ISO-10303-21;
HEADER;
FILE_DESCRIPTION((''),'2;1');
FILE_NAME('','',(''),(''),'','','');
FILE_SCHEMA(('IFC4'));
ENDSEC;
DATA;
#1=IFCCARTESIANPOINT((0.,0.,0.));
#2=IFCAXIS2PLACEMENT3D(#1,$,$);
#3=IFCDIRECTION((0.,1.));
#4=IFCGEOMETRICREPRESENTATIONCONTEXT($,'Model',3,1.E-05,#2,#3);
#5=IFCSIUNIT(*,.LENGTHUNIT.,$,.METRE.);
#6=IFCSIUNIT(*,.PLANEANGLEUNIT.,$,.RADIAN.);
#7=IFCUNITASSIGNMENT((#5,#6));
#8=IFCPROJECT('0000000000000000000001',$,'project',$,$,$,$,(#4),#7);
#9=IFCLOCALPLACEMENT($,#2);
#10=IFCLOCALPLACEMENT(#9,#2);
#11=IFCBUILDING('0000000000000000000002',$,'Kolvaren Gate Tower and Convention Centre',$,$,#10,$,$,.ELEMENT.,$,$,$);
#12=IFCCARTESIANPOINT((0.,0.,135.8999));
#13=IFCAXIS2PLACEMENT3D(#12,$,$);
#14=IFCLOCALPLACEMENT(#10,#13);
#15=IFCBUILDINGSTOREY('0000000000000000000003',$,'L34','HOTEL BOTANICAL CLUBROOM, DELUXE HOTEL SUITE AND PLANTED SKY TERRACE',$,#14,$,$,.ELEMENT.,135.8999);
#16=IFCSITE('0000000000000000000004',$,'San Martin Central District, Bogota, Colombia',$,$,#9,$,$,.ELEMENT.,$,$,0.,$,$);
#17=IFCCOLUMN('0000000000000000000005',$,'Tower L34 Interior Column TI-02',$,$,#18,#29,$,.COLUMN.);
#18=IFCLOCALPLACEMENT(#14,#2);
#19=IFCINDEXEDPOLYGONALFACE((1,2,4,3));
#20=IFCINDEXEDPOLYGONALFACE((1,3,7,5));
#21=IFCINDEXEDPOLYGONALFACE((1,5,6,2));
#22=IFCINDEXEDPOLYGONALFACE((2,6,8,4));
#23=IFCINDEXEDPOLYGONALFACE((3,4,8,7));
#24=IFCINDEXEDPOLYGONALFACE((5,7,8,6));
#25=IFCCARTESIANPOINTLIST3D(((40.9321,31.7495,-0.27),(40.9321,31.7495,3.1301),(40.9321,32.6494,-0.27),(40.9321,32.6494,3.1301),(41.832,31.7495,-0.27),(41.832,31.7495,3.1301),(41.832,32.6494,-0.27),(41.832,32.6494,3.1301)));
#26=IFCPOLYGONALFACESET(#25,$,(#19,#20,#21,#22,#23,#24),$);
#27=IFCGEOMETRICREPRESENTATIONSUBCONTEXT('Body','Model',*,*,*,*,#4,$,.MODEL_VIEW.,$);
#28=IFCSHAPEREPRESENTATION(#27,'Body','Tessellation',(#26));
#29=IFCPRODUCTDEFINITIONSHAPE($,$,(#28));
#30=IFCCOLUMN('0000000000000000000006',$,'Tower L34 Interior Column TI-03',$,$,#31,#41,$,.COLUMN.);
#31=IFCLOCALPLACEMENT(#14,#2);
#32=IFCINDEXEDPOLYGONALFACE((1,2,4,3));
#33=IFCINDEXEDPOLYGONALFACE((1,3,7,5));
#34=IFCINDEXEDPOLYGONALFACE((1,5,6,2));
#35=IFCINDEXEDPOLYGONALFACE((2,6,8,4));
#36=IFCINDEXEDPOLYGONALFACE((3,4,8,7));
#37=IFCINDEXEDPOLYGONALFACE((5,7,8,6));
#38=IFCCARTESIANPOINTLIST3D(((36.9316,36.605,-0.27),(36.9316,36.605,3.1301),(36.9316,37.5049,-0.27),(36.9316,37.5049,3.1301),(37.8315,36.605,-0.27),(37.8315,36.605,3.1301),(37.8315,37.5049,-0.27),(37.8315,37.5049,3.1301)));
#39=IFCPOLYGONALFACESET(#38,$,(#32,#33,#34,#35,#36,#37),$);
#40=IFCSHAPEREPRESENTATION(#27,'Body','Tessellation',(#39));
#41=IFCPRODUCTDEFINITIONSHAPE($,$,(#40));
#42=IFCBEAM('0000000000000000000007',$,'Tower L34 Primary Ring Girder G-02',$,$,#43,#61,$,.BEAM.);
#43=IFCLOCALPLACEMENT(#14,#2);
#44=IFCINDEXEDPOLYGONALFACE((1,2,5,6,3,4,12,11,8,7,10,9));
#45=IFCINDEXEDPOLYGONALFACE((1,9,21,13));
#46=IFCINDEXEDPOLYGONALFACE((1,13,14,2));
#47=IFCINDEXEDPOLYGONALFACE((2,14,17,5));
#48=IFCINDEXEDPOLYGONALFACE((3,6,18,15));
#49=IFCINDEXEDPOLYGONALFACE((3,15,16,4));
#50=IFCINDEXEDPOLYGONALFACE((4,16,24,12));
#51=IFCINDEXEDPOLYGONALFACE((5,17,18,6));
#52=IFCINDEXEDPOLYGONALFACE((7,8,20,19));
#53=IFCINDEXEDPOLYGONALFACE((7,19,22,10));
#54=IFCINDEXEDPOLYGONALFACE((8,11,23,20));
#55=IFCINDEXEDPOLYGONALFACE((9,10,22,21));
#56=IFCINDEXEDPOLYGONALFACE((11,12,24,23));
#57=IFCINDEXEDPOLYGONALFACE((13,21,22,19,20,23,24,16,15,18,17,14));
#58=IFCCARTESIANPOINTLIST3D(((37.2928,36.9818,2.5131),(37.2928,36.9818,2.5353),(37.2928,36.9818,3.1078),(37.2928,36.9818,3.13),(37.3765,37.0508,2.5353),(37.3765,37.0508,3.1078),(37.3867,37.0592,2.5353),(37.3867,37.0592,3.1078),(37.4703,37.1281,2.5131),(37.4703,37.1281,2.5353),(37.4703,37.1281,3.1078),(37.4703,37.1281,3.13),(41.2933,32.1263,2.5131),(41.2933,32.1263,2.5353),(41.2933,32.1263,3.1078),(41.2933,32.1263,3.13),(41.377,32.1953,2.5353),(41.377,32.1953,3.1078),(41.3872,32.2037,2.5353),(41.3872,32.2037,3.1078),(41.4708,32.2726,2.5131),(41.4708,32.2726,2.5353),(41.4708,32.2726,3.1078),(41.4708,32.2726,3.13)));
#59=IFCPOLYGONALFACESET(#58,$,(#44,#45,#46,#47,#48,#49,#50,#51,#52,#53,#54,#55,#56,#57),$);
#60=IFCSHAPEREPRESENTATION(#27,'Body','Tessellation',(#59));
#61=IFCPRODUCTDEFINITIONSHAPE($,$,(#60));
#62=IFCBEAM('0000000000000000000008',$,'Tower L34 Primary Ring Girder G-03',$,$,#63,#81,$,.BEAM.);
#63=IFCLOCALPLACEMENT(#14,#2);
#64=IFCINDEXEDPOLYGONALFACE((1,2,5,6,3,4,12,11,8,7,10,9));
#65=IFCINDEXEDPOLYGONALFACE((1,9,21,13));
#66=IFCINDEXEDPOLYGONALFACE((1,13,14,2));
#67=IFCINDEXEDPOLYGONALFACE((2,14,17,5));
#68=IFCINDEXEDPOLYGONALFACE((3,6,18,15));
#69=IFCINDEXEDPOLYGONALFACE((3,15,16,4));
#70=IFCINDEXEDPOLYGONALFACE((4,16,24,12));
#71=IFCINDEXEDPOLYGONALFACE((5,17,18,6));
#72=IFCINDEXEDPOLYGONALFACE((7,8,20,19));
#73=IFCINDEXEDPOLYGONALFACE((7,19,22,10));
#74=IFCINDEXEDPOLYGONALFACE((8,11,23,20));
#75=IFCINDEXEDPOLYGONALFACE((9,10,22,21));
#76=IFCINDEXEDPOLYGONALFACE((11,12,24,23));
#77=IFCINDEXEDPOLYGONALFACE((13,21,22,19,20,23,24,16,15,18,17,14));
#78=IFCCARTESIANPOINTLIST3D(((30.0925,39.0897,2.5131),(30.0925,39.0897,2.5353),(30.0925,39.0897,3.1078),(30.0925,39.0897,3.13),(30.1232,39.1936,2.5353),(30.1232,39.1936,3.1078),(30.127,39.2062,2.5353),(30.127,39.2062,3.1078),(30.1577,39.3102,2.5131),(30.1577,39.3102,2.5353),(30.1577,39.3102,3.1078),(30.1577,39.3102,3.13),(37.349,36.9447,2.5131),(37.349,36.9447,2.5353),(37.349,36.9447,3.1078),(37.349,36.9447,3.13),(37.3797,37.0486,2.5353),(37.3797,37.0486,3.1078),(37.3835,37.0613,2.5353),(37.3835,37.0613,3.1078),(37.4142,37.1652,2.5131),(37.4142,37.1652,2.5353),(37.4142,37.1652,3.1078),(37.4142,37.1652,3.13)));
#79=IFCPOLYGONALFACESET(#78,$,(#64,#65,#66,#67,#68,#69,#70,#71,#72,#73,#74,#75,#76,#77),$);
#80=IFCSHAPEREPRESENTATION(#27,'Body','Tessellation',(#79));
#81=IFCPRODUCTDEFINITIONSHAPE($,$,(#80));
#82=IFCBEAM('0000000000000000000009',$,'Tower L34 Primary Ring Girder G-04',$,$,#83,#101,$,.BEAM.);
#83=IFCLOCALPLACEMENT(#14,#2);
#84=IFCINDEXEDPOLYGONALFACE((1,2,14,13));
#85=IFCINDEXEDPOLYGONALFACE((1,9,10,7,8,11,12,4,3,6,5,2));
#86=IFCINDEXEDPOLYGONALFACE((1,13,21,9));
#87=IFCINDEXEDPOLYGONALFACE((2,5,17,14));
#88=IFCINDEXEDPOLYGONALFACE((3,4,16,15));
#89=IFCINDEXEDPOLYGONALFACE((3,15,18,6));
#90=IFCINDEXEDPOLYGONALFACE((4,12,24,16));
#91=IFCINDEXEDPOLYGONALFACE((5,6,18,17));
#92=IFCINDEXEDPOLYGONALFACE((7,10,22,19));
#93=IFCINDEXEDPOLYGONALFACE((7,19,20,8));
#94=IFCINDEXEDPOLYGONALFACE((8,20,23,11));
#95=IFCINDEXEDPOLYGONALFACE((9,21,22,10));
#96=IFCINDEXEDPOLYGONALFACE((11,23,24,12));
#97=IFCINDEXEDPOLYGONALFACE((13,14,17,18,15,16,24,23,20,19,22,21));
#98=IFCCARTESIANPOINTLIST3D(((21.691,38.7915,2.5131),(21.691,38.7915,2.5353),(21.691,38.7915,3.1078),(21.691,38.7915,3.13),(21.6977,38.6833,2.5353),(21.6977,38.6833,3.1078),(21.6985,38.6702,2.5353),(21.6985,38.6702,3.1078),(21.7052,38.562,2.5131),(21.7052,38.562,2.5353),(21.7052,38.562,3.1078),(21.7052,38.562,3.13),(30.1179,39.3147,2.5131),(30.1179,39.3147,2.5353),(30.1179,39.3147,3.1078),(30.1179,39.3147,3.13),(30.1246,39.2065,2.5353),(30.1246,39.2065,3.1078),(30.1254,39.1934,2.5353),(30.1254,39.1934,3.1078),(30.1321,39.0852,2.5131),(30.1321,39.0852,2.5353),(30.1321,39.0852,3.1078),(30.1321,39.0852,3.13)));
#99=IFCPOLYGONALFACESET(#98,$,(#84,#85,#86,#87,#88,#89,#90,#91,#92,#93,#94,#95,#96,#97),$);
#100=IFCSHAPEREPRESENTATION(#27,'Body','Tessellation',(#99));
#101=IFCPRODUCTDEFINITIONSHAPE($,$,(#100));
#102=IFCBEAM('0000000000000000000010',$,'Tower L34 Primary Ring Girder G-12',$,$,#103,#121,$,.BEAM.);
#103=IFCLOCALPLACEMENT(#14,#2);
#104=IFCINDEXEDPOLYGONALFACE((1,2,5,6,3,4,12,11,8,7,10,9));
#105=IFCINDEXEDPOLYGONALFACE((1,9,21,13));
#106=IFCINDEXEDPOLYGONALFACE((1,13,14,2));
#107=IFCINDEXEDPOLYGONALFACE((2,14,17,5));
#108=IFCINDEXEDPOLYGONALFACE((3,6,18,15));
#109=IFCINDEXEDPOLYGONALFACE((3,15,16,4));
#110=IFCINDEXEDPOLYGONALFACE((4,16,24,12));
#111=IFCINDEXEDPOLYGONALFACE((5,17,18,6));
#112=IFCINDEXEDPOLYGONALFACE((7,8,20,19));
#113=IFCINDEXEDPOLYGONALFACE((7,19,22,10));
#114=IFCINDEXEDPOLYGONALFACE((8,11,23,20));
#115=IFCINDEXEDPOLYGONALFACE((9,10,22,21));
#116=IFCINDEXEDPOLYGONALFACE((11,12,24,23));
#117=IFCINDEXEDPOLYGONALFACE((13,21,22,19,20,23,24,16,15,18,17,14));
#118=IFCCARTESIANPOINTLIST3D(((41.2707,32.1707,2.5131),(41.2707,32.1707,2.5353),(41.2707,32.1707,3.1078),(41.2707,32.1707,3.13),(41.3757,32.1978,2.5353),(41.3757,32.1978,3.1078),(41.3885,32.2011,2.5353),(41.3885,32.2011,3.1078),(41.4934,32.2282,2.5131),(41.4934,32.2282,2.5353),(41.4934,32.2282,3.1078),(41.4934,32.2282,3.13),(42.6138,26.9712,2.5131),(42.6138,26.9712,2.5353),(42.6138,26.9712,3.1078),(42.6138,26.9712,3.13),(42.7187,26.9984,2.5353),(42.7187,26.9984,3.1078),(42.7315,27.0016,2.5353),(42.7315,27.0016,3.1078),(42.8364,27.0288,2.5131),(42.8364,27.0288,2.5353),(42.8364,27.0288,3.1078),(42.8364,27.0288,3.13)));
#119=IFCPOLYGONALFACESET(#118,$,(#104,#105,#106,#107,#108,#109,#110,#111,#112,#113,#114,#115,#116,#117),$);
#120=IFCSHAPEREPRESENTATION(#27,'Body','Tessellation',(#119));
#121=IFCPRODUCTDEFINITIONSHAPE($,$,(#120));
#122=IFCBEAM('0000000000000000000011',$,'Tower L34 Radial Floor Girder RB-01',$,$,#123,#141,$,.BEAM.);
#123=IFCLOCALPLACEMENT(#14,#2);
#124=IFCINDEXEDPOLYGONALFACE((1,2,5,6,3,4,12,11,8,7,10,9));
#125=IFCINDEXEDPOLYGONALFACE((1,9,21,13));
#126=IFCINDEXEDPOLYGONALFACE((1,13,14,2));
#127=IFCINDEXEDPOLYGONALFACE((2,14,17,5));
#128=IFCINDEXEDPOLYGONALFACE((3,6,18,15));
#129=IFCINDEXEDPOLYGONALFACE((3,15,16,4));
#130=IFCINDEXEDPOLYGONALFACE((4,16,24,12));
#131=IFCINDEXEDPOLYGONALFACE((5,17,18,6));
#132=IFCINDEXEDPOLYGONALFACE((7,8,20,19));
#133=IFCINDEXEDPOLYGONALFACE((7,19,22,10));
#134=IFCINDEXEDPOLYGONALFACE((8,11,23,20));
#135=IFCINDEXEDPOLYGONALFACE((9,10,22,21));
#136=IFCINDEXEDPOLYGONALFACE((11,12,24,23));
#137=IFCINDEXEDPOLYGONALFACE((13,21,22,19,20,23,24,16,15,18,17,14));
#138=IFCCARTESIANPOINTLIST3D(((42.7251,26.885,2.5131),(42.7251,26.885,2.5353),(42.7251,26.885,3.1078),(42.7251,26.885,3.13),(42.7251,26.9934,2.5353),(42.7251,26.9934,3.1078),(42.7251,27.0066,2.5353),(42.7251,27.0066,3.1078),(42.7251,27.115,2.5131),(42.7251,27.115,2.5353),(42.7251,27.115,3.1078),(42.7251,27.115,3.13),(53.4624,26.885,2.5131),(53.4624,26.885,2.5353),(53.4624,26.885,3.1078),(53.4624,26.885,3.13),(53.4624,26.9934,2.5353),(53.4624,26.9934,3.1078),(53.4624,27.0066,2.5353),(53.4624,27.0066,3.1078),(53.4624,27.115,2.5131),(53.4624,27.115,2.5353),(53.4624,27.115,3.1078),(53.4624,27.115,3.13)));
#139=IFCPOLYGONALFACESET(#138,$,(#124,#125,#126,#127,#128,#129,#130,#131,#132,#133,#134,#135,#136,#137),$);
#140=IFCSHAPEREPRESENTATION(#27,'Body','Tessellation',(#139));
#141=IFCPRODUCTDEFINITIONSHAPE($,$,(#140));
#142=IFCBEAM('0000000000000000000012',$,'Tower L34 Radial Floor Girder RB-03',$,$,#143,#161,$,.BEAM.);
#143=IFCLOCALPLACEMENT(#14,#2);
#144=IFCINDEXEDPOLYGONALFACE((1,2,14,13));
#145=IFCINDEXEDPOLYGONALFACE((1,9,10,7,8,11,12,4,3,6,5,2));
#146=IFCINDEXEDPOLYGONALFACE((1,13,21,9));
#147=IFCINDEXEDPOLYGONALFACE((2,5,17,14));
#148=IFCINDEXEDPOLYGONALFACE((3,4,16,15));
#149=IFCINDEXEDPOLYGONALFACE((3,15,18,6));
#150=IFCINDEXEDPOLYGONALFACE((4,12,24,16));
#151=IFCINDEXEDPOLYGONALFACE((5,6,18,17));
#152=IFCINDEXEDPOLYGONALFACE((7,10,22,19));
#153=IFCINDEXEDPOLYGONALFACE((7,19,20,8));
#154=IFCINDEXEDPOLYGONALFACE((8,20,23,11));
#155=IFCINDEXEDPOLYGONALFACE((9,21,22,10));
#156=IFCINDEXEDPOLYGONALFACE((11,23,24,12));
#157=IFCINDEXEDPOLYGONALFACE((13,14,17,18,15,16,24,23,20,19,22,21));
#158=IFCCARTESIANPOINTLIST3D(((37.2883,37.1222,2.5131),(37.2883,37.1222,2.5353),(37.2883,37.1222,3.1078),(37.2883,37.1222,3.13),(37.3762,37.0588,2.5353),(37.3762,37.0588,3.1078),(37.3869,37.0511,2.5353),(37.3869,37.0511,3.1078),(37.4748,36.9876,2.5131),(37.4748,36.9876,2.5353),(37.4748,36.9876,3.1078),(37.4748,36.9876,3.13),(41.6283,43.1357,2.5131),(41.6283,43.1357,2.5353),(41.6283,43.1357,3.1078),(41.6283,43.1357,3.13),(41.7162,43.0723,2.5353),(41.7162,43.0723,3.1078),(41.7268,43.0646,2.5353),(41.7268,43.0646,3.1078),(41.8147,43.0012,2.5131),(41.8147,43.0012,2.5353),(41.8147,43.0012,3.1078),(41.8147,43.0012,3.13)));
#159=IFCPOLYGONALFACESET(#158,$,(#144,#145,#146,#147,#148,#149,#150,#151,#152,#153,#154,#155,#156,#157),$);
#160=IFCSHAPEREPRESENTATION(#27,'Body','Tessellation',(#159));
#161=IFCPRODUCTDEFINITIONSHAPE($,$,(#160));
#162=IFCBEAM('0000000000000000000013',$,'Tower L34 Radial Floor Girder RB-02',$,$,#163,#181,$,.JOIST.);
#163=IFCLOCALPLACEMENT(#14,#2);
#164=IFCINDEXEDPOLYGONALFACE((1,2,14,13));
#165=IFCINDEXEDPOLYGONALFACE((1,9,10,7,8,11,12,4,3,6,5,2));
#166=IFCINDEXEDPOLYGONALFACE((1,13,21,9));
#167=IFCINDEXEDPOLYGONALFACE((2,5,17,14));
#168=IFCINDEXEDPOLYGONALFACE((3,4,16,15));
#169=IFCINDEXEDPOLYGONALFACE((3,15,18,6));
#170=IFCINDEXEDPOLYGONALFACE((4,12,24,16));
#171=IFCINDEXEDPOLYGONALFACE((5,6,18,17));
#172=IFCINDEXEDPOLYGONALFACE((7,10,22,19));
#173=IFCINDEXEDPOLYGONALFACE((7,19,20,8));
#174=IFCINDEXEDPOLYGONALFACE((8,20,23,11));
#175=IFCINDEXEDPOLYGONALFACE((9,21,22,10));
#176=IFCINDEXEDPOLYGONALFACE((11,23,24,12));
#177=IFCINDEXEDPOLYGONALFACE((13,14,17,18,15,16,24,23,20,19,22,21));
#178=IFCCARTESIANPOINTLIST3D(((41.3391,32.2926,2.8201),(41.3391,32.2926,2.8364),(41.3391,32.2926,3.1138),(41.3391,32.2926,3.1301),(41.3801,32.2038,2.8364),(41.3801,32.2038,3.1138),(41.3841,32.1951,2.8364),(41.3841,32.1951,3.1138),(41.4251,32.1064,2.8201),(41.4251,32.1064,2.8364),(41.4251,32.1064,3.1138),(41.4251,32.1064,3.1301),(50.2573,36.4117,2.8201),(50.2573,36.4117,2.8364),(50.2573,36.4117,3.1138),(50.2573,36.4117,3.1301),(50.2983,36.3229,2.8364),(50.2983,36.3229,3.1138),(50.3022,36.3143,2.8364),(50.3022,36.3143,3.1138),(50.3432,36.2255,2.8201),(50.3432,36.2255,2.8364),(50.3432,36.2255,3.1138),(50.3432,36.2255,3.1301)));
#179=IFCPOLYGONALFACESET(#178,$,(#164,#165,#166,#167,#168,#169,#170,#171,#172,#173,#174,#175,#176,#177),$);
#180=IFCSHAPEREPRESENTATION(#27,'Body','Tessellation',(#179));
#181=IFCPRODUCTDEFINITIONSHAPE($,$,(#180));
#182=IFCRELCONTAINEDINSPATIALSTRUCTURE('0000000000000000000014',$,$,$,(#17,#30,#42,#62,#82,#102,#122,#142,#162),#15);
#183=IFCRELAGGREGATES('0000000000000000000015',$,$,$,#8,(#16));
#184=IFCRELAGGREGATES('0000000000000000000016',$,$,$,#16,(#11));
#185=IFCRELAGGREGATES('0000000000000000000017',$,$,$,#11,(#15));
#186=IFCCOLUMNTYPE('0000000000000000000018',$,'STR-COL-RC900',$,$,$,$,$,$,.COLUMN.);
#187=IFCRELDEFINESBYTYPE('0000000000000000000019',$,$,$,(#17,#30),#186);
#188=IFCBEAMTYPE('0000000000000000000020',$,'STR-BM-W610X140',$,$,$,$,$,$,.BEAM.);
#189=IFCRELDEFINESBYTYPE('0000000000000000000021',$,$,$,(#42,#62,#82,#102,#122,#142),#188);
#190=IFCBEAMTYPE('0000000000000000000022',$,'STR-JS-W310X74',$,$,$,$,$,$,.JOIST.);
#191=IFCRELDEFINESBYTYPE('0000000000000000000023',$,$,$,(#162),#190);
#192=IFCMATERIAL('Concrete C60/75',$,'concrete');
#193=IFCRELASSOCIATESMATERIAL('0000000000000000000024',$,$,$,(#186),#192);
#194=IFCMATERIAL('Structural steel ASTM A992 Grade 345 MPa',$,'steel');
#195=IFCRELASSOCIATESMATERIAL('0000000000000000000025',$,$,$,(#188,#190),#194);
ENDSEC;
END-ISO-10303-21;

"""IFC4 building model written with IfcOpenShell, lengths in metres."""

from ifc_helpers import new_model, si_unit, direction, frame, origin, origin_2d, place, context, subcontext, project, spatial, rectangle, i_section, extrude, material, material_profile, profile_set, type_object, element, save


model = new_model("IFC4")

# Units and contexts
model_context = context("Model", 3, precision=1e-05, world=origin(), true_north=direction((0.0, 1.0)))
body_context = subcontext(model_context, "Body", "Model", "MODEL_VIEW")
ifc_project = project(units=[si_unit("LENGTHUNIT", "METRE"), si_unit("PLANEANGLEUNIT", "RADIAN")], contexts=[model_context])

# Site, building, storey
site_placement = place(None, origin())
site = spatial("IfcSite", under=ifc_project, at=site_placement, Name="San Martin Central District, Bogota, Colombia", CompositionType="ELEMENT", RefElevation=0.0)
building_placement = place(site_placement, origin())
building = spatial("IfcBuilding", under=site, at=building_placement, Name="Kolvaren Gate Tower and Convention Centre", CompositionType="ELEMENT")
storey_placement = place(building_placement, frame((0.0, 0.0, 135.8999)))
storey = spatial("IfcBuildingStorey", under=building, at=storey_placement, Name="L34", Description="HOTEL BOTANICAL CLUBROOM, DELUXE HOTEL SUITE AND PLANTED SKY TERRACE", CompositionType="ELEMENT", Elevation=135.8999)

# Columns
ifc_material_1 = material(Name="Concrete C60/75", Category="concrete")
ifc_material_profile_1 = material_profile(ifc_material_1, rectangle(XDim=0.8999, YDim=0.8999, at=origin_2d()), Name="RC-COL-900X900")
ifc_profile_set_1 = profile_set([ifc_material_profile_1], Name="Concrete C60/75")
column_type = type_object("IfcColumnType", Name="STR-COL-RC900", PredefinedType="COLUMN", material=ifc_profile_set_1)
for number, where, z_axis, x_axis, name in (
    (1, (41.3821, 32.1995, -0.27), (0.0, 0.0, 1.0), (1.0, 0.0, 0.0), "Tower L34 Interior Column TI-02"),
    (2, (37.3816, 37.0549, -0.27), (0.0, 0.0, 1.0), (1.0, 0.0, 0.0), "Tower L34 Interior Column TI-03"),
):
    element("IfcColumn", number, at=place(storey_placement, frame(where, z_axis=z_axis, x_axis=x_axis)), inside=storey, type_object=column_type, Name=name, PredefinedType="COLUMN", context=body_context, shape_type="SweptSolid", body=[
        extrude(rectangle(XDim=0.8999, YDim=0.8999, at=origin_2d()), origin(), (0.0, 0.0, 1.0), 3.4001),
    ])

# Beams
ifc_material_2 = material(Name="Structural steel ASTM A992 Grade 345 MPa", Category="steel")
ifc_material_profile_2 = material_profile(ifc_material_2, i_section(OverallWidth=0.23, OverallDepth=0.6169, WebThickness=0.0132, FlangeThickness=0.0222, at=origin_2d()), Name="W610X140")
ifc_profile_set_2 = profile_set([ifc_material_profile_2], Name="Structural steel ASTM A992 Grade 345 MPa")
beam_type_1 = type_object("IfcBeamType", Name="STR-BM-W610X140", PredefinedType="BEAM", material=ifc_profile_set_2)
beam_1_placement = place(storey_placement, frame((41.3821, 32.1995, 2.8215), z_axis=(-0.635884, 0.771785, 0.0), x_axis=(-0.771785, -0.635884, 0.0)))
element("IfcBeam", 3, at=beam_1_placement, inside=storey, type_object=beam_type_1, Name="Tower L34 Primary Ring Girder G-02", PredefinedType="BEAM", context=body_context, shape_type="SweptSolid", body=[
    extrude(i_section(OverallWidth=0.23, OverallDepth=0.6169, WebThickness=0.0132, FlangeThickness=0.0222, at=origin_2d()), origin(), (0.0, 0.0, 1.0), 6.2913),
])
beam_2_placement = place(storey_placement, frame((37.3816, 37.0549, 2.8215), z_axis=(-0.958981, 0.283471, 0.0), x_axis=(-0.283471, -0.958981, 0.0)))
element("IfcBeam", 4, at=beam_2_placement, inside=storey, type_object=beam_type_1, Name="Tower L34 Primary Ring Girder G-03", PredefinedType="BEAM", context=body_context, shape_type="SweptSolid", body=[
    extrude(i_section(OverallWidth=0.23, OverallDepth=0.6169, WebThickness=0.0132, FlangeThickness=0.0222, at=origin_2d()), origin(), (0.0, 0.0, 1.0), 7.5669),
])
beam_3_placement = place(storey_placement, frame((30.125, 39.2, 2.8215), z_axis=(-0.998078, -0.061966, 0.0), x_axis=(0.061966, -0.998078, 0.0)))
element("IfcBeam", 5, at=beam_3_placement, inside=storey, type_object=beam_type_1, Name="Tower L34 Primary Ring Girder G-04", PredefinedType="BEAM", context=body_context, shape_type="SweptSolid", body=[
    extrude(i_section(OverallWidth=0.23, OverallDepth=0.6169, WebThickness=0.0132, FlangeThickness=0.0222, at=origin_2d()), origin(), (0.0, 0.0, 1.0), 8.4431),
])
beam_4_placement = place(storey_placement, frame((42.7251, 27.0, 2.8215), z_axis=(-0.250091, 0.968222, 0.0), x_axis=(-0.968222, -0.250091, 0.0)))
element("IfcBeam", 6, at=beam_4_placement, inside=storey, type_object=beam_type_1, Name="Tower L34 Primary Ring Girder G-12", PredefinedType="BEAM", context=body_context, shape_type="SweptSolid", body=[
    extrude(i_section(OverallWidth=0.23, OverallDepth=0.6169, WebThickness=0.0132, FlangeThickness=0.0222, at=origin_2d()), origin(), (0.0, 0.0, 1.0), 5.3701),
])
beam_5_placement = place(storey_placement, frame((42.7251, 27.0, 2.8215), z_axis=(1.0, 0.0, 0.0), x_axis=(0.0, 1.0, 0.0)))
element("IfcBeam", 7, at=beam_5_placement, inside=storey, type_object=beam_type_1, Name="Tower L34 Radial Floor Girder RB-01", PredefinedType="BEAM", context=body_context, shape_type="SweptSolid", body=[
    extrude(i_section(OverallWidth=0.23, OverallDepth=0.6169, WebThickness=0.0132, FlangeThickness=0.0222, at=origin_2d()), origin(), (0.0, 0.0, 1.0), 10.7373),
])
beam_6_placement = place(storey_placement, frame((37.3816, 37.0549, 2.8215), z_axis=(0.585208, 0.810883, 0.0), x_axis=(-0.810883, 0.585208, 0.0)))
element("IfcBeam", 8, at=beam_6_placement, inside=storey, type_object=beam_type_1, Name="Tower L34 Radial Floor Girder RB-03", PredefinedType="BEAM", context=body_context, shape_type="SweptSolid", body=[
    extrude(i_section(OverallWidth=0.23, OverallDepth=0.6169, WebThickness=0.0132, FlangeThickness=0.0222, at=origin_2d()), origin(), (0.0, 0.0, 1.0), 7.416),
])
ifc_material_profile_3 = material_profile(ifc_material_2, i_section(OverallWidth=0.2051, OverallDepth=0.3101, WebThickness=0.0095, FlangeThickness=0.0164, at=origin_2d()), Name="W310X74")
ifc_profile_set_3 = profile_set([ifc_material_profile_3], Name="Structural steel ASTM A992 Grade 345 MPa")
beam_type_2 = type_object("IfcBeamType", Name="STR-JS-W310X74", PredefinedType="JOIST", material=ifc_profile_set_3)
beam_7_placement = place(storey_placement, frame((41.3821, 32.1995, 2.9751), z_axis=(0.907842, 0.419313, 0.0), x_axis=(-0.419313, 0.907842, 0.0)))
element("IfcBeam", 9, at=beam_7_placement, inside=storey, type_object=beam_type_2, Name="Tower L34 Radial Floor Girder RB-02", PredefinedType="JOIST", context=body_context, shape_type="SweptSolid", body=[
    extrude(i_section(OverallWidth=0.2051, OverallDepth=0.3101, WebThickness=0.0095, FlangeThickness=0.0164, at=origin_2d()), origin(), (0.0, 0.0, 1.0), 9.8235),
])

save(model, "model.ifc")
